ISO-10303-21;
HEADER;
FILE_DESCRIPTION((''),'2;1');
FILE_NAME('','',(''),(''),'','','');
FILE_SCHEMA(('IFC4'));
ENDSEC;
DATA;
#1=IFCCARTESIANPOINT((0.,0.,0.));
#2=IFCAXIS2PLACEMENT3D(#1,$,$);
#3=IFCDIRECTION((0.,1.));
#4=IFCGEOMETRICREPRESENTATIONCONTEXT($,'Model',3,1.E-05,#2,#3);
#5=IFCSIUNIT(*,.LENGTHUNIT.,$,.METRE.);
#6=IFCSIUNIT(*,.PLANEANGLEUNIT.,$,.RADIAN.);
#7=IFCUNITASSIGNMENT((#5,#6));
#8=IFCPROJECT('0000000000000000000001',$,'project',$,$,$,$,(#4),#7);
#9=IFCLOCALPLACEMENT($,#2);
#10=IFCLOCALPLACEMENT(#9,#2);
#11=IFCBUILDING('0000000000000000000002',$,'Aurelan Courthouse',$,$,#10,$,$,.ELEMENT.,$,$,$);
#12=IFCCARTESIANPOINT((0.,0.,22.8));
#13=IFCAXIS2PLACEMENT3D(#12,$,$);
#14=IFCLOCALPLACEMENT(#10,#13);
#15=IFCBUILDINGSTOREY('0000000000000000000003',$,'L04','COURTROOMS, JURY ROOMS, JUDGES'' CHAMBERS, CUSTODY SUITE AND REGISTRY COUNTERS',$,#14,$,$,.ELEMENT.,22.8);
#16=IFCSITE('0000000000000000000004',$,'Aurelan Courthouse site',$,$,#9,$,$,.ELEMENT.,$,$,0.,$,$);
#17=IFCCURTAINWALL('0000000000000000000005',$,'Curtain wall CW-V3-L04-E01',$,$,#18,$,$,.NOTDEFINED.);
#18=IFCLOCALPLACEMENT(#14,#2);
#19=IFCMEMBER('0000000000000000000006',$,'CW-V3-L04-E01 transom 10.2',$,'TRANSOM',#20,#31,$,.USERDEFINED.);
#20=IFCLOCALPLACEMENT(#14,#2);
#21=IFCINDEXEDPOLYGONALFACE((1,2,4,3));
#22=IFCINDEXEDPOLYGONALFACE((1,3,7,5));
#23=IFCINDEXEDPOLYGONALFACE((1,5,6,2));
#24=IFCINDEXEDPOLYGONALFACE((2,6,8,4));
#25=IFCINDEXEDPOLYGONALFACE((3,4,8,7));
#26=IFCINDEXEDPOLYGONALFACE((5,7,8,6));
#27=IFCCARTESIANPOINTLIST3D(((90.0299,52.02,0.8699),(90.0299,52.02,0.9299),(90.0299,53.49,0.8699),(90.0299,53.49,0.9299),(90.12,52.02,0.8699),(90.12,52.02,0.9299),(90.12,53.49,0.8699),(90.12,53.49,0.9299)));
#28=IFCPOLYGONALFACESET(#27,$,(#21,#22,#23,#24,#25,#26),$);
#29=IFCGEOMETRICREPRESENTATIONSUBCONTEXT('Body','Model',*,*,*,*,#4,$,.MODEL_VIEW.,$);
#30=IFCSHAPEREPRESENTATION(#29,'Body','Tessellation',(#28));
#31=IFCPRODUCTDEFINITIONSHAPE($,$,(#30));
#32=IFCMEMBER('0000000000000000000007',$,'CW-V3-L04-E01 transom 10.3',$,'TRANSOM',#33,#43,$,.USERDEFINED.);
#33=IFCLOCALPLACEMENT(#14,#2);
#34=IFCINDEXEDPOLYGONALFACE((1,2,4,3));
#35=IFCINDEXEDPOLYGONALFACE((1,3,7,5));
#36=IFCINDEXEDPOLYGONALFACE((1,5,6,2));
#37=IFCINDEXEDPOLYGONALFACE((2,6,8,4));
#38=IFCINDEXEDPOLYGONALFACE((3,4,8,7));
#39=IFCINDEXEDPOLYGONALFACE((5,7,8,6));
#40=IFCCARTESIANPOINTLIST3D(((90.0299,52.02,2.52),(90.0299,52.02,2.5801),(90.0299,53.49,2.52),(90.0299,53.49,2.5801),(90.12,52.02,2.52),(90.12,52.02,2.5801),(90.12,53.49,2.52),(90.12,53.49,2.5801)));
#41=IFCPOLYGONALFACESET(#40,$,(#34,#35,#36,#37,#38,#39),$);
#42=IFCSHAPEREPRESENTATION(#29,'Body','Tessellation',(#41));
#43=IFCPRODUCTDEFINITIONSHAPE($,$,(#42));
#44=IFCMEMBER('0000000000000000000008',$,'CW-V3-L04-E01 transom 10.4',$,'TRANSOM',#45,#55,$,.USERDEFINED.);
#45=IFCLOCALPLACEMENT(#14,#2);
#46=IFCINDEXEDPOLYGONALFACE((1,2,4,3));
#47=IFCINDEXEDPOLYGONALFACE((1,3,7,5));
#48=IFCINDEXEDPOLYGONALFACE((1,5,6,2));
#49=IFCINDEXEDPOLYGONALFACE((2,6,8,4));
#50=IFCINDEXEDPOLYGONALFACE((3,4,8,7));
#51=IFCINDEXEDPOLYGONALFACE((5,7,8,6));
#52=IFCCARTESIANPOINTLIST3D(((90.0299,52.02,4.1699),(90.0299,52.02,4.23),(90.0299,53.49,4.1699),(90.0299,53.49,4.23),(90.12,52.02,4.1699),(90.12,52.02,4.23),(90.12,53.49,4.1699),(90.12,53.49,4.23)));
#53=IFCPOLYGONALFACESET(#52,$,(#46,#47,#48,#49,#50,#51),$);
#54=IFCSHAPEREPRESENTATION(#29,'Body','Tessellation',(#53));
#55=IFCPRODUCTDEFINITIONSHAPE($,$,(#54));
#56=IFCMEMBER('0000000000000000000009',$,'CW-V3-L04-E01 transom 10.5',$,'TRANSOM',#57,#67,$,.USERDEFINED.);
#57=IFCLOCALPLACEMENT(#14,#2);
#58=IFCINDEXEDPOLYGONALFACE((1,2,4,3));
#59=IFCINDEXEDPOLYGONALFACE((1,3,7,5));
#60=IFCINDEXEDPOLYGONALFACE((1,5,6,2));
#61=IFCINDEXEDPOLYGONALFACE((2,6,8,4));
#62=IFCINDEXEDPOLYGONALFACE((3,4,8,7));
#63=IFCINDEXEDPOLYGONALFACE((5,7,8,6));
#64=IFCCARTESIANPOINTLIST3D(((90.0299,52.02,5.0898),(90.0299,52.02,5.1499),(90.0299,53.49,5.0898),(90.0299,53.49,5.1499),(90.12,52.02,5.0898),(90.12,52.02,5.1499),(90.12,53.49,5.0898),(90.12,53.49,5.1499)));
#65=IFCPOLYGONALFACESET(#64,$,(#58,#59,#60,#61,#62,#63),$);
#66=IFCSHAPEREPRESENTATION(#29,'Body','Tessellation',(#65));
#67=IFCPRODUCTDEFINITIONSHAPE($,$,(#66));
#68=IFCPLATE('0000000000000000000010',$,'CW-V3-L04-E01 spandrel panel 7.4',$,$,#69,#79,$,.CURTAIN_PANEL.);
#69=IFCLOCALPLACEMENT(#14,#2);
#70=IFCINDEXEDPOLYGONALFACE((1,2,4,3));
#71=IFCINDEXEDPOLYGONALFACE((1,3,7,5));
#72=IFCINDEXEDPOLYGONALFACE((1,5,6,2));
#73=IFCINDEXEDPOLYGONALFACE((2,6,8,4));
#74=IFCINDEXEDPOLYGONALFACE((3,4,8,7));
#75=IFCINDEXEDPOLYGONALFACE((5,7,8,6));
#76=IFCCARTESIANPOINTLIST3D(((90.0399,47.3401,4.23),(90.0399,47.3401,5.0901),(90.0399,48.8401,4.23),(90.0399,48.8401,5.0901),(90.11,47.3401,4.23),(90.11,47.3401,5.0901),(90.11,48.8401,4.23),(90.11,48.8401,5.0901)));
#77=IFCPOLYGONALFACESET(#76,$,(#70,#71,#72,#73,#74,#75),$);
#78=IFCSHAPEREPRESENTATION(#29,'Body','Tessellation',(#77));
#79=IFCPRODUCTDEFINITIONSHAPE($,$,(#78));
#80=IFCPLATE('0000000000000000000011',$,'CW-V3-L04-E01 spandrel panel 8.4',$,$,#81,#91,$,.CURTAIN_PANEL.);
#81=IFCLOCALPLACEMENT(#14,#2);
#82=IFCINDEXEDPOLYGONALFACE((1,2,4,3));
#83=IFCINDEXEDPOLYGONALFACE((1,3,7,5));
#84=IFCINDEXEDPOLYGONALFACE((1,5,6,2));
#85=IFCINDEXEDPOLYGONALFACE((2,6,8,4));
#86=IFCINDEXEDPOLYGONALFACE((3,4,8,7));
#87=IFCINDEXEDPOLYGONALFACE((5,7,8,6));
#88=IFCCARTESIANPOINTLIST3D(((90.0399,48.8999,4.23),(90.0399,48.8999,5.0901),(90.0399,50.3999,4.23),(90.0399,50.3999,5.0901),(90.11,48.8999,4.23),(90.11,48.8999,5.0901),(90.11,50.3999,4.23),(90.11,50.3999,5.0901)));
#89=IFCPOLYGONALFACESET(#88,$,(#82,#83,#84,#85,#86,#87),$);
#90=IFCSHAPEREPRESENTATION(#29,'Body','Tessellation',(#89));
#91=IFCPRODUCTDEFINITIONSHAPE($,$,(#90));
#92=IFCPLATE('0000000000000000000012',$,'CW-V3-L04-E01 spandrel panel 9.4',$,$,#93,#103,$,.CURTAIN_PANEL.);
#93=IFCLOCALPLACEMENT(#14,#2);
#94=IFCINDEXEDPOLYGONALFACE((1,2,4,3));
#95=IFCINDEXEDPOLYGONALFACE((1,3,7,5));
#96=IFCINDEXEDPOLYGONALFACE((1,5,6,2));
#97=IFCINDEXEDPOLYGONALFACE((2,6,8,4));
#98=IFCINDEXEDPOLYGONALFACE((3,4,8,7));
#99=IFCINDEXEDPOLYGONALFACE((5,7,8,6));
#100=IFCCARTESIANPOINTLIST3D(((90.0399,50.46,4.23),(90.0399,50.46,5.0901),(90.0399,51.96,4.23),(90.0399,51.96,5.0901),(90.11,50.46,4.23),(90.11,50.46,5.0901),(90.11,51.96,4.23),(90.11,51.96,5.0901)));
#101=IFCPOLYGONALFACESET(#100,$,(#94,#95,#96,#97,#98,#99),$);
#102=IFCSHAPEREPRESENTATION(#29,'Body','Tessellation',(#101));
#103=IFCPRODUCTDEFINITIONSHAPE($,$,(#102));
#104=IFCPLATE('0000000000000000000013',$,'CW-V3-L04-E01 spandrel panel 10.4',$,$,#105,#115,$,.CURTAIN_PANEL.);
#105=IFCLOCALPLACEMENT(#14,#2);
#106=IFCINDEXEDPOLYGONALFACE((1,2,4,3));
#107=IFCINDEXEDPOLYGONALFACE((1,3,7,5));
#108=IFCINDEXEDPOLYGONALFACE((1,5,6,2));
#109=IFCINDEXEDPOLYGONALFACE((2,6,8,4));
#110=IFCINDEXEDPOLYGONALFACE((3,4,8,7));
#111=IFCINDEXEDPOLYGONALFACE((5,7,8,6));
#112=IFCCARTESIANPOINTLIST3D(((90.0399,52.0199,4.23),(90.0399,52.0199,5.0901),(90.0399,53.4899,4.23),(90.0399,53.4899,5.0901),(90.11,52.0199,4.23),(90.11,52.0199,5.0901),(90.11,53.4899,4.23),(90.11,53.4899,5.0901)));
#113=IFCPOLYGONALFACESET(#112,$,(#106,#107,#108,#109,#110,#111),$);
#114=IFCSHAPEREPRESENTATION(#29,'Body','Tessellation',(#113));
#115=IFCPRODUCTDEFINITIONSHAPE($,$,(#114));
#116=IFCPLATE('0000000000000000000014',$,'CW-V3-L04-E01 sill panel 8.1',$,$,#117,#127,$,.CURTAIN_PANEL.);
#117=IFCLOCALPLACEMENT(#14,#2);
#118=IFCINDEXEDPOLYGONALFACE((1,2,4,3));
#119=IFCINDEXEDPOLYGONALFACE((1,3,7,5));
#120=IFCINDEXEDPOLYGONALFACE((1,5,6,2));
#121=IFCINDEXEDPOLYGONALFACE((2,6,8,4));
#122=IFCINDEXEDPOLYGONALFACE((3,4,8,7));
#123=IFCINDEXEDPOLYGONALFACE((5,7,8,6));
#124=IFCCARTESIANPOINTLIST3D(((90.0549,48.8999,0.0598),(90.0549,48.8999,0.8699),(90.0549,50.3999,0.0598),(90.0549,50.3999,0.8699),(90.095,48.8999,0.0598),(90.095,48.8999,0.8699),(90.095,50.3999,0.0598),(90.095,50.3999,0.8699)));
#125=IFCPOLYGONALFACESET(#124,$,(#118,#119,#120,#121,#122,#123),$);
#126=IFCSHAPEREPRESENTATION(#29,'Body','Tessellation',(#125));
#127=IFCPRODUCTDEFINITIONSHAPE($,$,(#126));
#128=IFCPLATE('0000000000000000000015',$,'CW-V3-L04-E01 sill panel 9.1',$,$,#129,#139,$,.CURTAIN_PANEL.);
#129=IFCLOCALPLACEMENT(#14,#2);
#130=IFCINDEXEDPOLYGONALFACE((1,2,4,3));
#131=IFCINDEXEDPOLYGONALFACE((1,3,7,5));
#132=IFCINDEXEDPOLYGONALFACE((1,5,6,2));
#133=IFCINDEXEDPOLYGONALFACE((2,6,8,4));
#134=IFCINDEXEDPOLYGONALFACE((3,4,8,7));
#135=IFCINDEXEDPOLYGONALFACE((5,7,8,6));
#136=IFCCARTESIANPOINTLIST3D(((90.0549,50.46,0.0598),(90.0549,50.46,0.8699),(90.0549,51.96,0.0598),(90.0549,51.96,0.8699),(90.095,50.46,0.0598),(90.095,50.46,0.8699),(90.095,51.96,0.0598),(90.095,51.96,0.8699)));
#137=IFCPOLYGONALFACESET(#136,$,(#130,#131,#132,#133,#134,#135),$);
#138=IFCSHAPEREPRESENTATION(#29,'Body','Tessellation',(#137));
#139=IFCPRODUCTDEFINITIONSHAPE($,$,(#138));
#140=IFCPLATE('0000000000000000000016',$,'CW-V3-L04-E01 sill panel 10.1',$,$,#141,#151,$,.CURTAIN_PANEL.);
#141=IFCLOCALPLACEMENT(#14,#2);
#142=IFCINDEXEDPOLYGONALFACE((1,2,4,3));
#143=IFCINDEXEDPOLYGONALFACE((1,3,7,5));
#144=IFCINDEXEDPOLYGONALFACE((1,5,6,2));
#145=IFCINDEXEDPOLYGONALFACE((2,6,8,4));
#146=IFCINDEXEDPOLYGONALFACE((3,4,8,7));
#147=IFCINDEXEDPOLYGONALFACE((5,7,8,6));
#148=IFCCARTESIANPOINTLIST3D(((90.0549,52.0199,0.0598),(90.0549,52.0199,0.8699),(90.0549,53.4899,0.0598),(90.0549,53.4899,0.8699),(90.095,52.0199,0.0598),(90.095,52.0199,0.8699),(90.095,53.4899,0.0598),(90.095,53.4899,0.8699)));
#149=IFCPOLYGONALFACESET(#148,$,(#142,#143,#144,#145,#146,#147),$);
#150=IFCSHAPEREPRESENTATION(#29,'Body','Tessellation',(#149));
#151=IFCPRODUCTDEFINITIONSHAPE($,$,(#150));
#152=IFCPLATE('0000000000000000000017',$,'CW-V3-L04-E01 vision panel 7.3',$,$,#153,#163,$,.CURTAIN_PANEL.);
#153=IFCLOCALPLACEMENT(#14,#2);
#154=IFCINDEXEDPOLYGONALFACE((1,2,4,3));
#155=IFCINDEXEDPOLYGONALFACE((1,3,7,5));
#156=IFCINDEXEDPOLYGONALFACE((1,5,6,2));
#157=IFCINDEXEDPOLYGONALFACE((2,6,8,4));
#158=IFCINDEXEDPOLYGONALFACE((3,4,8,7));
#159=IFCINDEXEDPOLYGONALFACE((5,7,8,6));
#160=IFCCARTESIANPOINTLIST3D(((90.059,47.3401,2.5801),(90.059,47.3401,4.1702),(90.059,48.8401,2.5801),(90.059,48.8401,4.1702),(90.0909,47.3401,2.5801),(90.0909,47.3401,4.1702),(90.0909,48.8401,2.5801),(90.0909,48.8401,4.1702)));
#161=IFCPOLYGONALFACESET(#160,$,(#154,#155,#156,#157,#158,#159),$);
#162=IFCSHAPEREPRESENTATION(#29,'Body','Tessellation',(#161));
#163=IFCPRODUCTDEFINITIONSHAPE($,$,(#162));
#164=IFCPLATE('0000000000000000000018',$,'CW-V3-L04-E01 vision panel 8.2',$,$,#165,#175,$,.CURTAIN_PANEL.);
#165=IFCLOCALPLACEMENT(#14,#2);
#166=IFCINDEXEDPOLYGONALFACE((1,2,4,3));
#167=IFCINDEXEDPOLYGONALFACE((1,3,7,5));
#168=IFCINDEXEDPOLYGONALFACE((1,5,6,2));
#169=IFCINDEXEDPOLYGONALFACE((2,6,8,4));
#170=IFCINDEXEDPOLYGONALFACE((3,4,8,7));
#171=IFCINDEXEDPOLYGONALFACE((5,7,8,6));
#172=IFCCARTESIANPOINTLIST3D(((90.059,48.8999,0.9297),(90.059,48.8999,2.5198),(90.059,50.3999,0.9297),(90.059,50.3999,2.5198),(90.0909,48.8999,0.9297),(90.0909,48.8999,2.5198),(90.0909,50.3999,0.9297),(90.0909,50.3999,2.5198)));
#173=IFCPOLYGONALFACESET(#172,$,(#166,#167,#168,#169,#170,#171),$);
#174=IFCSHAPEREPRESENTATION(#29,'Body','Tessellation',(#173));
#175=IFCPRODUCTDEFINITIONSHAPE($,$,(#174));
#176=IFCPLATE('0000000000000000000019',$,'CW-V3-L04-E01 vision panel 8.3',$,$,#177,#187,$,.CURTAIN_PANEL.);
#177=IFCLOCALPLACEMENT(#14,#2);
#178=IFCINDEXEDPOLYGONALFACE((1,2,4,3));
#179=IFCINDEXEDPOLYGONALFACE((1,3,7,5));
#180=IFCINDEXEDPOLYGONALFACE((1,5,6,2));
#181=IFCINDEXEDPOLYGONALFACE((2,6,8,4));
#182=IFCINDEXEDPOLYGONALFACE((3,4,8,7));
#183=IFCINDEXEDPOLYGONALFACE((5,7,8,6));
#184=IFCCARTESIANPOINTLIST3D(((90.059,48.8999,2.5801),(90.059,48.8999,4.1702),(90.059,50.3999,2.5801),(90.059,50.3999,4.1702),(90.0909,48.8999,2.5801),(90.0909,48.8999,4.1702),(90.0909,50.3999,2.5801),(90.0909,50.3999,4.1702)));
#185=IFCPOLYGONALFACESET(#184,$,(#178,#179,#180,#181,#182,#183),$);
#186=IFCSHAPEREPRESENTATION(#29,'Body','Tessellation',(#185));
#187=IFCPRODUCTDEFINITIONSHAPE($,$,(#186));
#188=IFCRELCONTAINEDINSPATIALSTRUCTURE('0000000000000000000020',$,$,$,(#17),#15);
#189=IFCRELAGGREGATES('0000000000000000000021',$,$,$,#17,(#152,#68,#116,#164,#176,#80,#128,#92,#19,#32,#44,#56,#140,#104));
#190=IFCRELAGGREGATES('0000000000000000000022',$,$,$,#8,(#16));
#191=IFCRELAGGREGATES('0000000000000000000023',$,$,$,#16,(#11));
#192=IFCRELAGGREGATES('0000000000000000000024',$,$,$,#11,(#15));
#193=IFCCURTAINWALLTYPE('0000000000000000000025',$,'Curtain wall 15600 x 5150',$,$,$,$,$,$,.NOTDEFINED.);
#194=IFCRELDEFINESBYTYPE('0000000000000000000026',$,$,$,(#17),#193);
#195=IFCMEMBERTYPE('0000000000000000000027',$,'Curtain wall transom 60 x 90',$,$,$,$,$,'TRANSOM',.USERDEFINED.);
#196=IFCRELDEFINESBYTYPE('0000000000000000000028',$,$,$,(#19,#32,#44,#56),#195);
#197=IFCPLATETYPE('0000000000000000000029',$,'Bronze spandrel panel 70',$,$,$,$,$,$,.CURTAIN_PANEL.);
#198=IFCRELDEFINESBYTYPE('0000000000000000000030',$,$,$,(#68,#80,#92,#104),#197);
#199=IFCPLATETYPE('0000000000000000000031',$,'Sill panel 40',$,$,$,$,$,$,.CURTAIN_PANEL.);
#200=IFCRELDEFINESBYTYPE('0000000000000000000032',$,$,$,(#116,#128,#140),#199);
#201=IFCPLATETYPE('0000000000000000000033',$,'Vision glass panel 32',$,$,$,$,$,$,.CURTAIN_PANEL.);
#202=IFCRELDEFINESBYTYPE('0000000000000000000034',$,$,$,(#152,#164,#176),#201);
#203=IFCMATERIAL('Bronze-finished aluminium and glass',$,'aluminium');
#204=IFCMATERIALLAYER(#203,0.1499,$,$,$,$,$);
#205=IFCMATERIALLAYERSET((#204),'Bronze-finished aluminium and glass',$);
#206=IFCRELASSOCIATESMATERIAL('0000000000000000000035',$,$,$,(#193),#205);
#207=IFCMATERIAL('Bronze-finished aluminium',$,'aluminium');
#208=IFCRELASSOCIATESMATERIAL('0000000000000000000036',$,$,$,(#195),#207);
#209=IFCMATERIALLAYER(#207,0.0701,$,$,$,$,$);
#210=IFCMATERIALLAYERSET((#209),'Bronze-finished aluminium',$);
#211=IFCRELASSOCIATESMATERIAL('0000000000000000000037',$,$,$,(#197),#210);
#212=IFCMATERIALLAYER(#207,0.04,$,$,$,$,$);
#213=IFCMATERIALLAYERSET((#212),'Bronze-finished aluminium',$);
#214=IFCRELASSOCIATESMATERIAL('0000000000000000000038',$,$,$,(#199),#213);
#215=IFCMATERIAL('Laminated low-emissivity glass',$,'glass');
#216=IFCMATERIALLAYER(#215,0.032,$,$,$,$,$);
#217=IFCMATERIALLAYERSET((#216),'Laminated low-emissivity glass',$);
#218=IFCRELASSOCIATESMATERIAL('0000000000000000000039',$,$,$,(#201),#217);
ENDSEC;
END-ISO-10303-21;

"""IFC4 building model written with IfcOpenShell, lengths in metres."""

from ifc_helpers import new_model, si_unit, direction, frame, origin, origin_2d, place, context, subcontext, project, spatial, rectangle, extrude, material, layer, layer_set, material_profile, profile_set, type_object, element, aggregate, save


model = new_model("IFC4")

# Units and contexts
model_context = context("Model", 3, precision=1e-05, world=origin(), true_north=direction((0.0, 1.0)))
body_context = subcontext(model_context, "Body", "Model", "MODEL_VIEW")
ifc_project = project(units=[si_unit("LENGTHUNIT", "METRE"), si_unit("PLANEANGLEUNIT", "RADIAN")], contexts=[model_context])

# Site, building, storey
site_placement = place(None, origin())
site = spatial("IfcSite", under=ifc_project, at=site_placement, Name="Aurelan Courthouse site", CompositionType="ELEMENT", RefElevation=0.0)
building_placement = place(site_placement, origin())
building = spatial("IfcBuilding", under=site, at=building_placement, Name="Aurelan Courthouse", CompositionType="ELEMENT")
storey_placement = place(building_placement, frame((0.0, 0.0, 22.8)))
storey = spatial("IfcBuildingStorey", under=building, at=storey_placement, Name="L04", Description="COURTROOMS, JURY ROOMS, JUDGES' CHAMBERS, CUSTODY SUITE AND REGISTRY COUNTERS", CompositionType="ELEMENT", Elevation=22.8)

# Curtain wall, members, plates
ifc_material_1 = material(Name="Bronze-finished aluminium and glass", Category="aluminium")
ifc_layer_1 = layer(ifc_material_1, 0.1499)
ifc_layer_set_1 = layer_set([ifc_layer_1], Name="Bronze-finished aluminium and glass")
curtain_wall_type = type_object("IfcCurtainWallType", Name="Curtain wall 15600 x 5150", PredefinedType="NOTDEFINED", material=ifc_layer_set_1)
curtain_wall_placement = place(storey_placement, origin())
curtain_wall = element("IfcCurtainWall", 1, at=curtain_wall_placement, inside=storey, type_object=curtain_wall_type, Name="Curtain wall CW-V3-L04-E01", PredefinedType="NOTDEFINED")
ifc_material_2 = material(Name="Bronze-finished aluminium", Category="aluminium")
ifc_material_profile_1 = material_profile(ifc_material_2, rectangle(XDim=0.0901, YDim=0.0601, at=origin_2d()), Name="Bronze transom 60 x 90")
ifc_profile_set_1 = profile_set([ifc_material_profile_1], Name="Bronze-finished aluminium")
member_type_1 = type_object("IfcMemberType", Name="Curtain wall transom 60 x 90", ElementType="TRANSOM", PredefinedType="USERDEFINED", material=ifc_profile_set_1)
member_1_placement = place(storey_placement, frame((90.075, 52.02, 0.8999), z_axis=(0.0, 1.0, 0.0), x_axis=(-1.0, 0.0, 0.0)))
member_1 = element("IfcMember", 2, at=member_1_placement, type_object=member_type_1, Name="CW-V3-L04-E01 transom 10.2", ObjectType="TRANSOM", PredefinedType="USERDEFINED", context=body_context, shape_type="SweptSolid", body=[
    extrude(rectangle(XDim=0.0901, YDim=0.0601, at=origin_2d()), origin(), (0.0, 0.0, 1.0), 1.47),
])
member_2_placement = place(storey_placement, frame((90.075, 52.02, 2.55), z_axis=(0.0, 1.0, 0.0), x_axis=(-1.0, 0.0, 0.0)))
member_2 = element("IfcMember", 3, at=member_2_placement, type_object=member_type_1, Name="CW-V3-L04-E01 transom 10.3", ObjectType="TRANSOM", PredefinedType="USERDEFINED", context=body_context, shape_type="SweptSolid", body=[
    extrude(rectangle(XDim=0.0901, YDim=0.0601, at=origin_2d()), origin(), (0.0, 0.0, 1.0), 1.47),
])
member_3_placement = place(storey_placement, frame((90.075, 52.02, 4.2), z_axis=(0.0, 1.0, 0.0), x_axis=(-1.0, 0.0, 0.0)))
member_3 = element("IfcMember", 4, at=member_3_placement, type_object=member_type_1, Name="CW-V3-L04-E01 transom 10.4", ObjectType="TRANSOM", PredefinedType="USERDEFINED", context=body_context, shape_type="SweptSolid", body=[
    extrude(rectangle(XDim=0.0901, YDim=0.0601, at=origin_2d()), origin(), (0.0, 0.0, 1.0), 1.47),
])
member_4_placement = place(storey_placement, frame((90.075, 52.02, 5.1199), z_axis=(0.0, 1.0, 0.0), x_axis=(-1.0, 0.0, 0.0)))
member_4 = element("IfcMember", 5, at=member_4_placement, type_object=member_type_1, Name="CW-V3-L04-E01 transom 10.5", ObjectType="TRANSOM", PredefinedType="USERDEFINED", context=body_context, shape_type="SweptSolid", body=[
    extrude(rectangle(XDim=0.0901, YDim=0.0601, at=origin_2d()), origin(), (0.0, 0.0, 1.0), 1.47),
])
ifc_layer_2 = layer(ifc_material_2, 0.0701)
ifc_layer_set_2 = layer_set([ifc_layer_2], Name="Bronze-finished aluminium")
plate_type_1 = type_object("IfcPlateType", Name="Bronze spandrel panel 70", PredefinedType="CURTAIN_PANEL", material=ifc_layer_set_2)
plate_1_placement = place(storey_placement, frame((90.075, 48.0901, 4.23), z_axis=(0.0, 0.0, 1.0), x_axis=(0.0, 1.0, 0.0)))
plate_1 = element("IfcPlate", 6, at=plate_1_placement, type_object=plate_type_1, Name="CW-V3-L04-E01 spandrel panel 7.4", PredefinedType="CURTAIN_PANEL", context=body_context, shape_type="SweptSolid", body=[
    extrude(rectangle(XDim=1.5, YDim=0.0701, at=origin_2d()), origin(), (0.0, 0.0, 1.0), 0.8601),
])
plate_2_placement = place(storey_placement, frame((90.075, 49.6499, 4.23), z_axis=(0.0, 0.0, 1.0), x_axis=(0.0, 1.0, 0.0)))
plate_2 = element("IfcPlate", 7, at=plate_2_placement, type_object=plate_type_1, Name="CW-V3-L04-E01 spandrel panel 8.4", PredefinedType="CURTAIN_PANEL", context=body_context, shape_type="SweptSolid", body=[
    extrude(rectangle(XDim=1.5, YDim=0.0701, at=origin_2d()), origin(), (0.0, 0.0, 1.0), 0.8601),
])
plate_3_placement = place(storey_placement, frame((90.075, 51.21, 4.23), z_axis=(0.0, 0.0, 1.0), x_axis=(0.0, 1.0, 0.0)))
plate_3 = element("IfcPlate", 8, at=plate_3_placement, type_object=plate_type_1, Name="CW-V3-L04-E01 spandrel panel 9.4", PredefinedType="CURTAIN_PANEL", context=body_context, shape_type="SweptSolid", body=[
    extrude(rectangle(XDim=1.5, YDim=0.0701, at=origin_2d()), origin(), (0.0, 0.0, 1.0), 0.8601),
])
plate_4_placement = place(storey_placement, frame((90.075, 52.7549, 4.23), z_axis=(0.0, 0.0, 1.0), x_axis=(0.0, 1.0, 0.0)))
plate_4 = element("IfcPlate", 9, at=plate_4_placement, type_object=plate_type_1, Name="CW-V3-L04-E01 spandrel panel 10.4", PredefinedType="CURTAIN_PANEL", context=body_context, shape_type="SweptSolid", body=[
    extrude(rectangle(XDim=1.47, YDim=0.0701, at=origin_2d()), origin(), (0.0, 0.0, 1.0), 0.8601),
])
ifc_layer_3 = layer(ifc_material_2, 0.04)
ifc_layer_set_3 = layer_set([ifc_layer_3], Name="Bronze-finished aluminium")
plate_type_2 = type_object("IfcPlateType", Name="Sill panel 40", PredefinedType="CURTAIN_PANEL", material=ifc_layer_set_3)
plate_5_placement = place(storey_placement, frame((90.075, 49.6499, 0.0598), z_axis=(0.0, 0.0, 1.0), x_axis=(0.0, 1.0, 0.0)))
plate_5 = element("IfcPlate", 10, at=plate_5_placement, type_object=plate_type_2, Name="CW-V3-L04-E01 sill panel 8.1", PredefinedType="CURTAIN_PANEL", context=body_context, shape_type="SweptSolid", body=[
    extrude(rectangle(XDim=1.5, YDim=0.04, at=origin_2d()), origin(), (0.0, 0.0, 1.0), 0.8101),
])
plate_6_placement = place(storey_placement, frame((90.075, 51.21, 0.0598), z_axis=(0.0, 0.0, 1.0), x_axis=(0.0, 1.0, 0.0)))
plate_6 = element("IfcPlate", 11, at=plate_6_placement, type_object=plate_type_2, Name="CW-V3-L04-E01 sill panel 9.1", PredefinedType="CURTAIN_PANEL", context=body_context, shape_type="SweptSolid", body=[
    extrude(rectangle(XDim=1.5, YDim=0.04, at=origin_2d()), origin(), (0.0, 0.0, 1.0), 0.8101),
])
plate_7_placement = place(storey_placement, frame((90.075, 52.7549, 0.0598), z_axis=(0.0, 0.0, 1.0), x_axis=(0.0, 1.0, 0.0)))
plate_7 = element("IfcPlate", 12, at=plate_7_placement, type_object=plate_type_2, Name="CW-V3-L04-E01 sill panel 10.1", PredefinedType="CURTAIN_PANEL", context=body_context, shape_type="SweptSolid", body=[
    extrude(rectangle(XDim=1.47, YDim=0.04, at=origin_2d()), origin(), (0.0, 0.0, 1.0), 0.8101),
])
ifc_material_3 = material(Name="Laminated low-emissivity glass", Category="glass")
ifc_layer_4 = layer(ifc_material_3, 0.032)
ifc_layer_set_4 = layer_set([ifc_layer_4], Name="Laminated low-emissivity glass")
plate_type_3 = type_object("IfcPlateType", Name="Vision glass panel 32", PredefinedType="CURTAIN_PANEL", material=ifc_layer_set_4)
plate_8_placement = place(storey_placement, frame((90.075, 48.0901, 2.5801), z_axis=(0.0, 0.0, 1.0), x_axis=(0.0, 1.0, 0.0)))
plate_8 = element("IfcPlate", 13, at=plate_8_placement, type_object=plate_type_3, Name="CW-V3-L04-E01 vision panel 7.3", PredefinedType="CURTAIN_PANEL", context=body_context, shape_type="SweptSolid", body=[
    extrude(rectangle(XDim=1.5, YDim=0.032, at=origin_2d()), origin(), (0.0, 0.0, 1.0), 1.5901),
])
plate_9_placement = place(storey_placement, frame((90.075, 49.6499, 0.9297), z_axis=(0.0, 0.0, 1.0), x_axis=(0.0, 1.0, 0.0)))
plate_9 = element("IfcPlate", 14, at=plate_9_placement, type_object=plate_type_3, Name="CW-V3-L04-E01 vision panel 8.2", PredefinedType="CURTAIN_PANEL", context=body_context, shape_type="SweptSolid", body=[
    extrude(rectangle(XDim=1.5, YDim=0.032, at=origin_2d()), origin(), (0.0, 0.0, 1.0), 1.5901),
])
plate_10_placement = place(storey_placement, frame((90.075, 49.6499, 2.5801), z_axis=(0.0, 0.0, 1.0), x_axis=(0.0, 1.0, 0.0)))
plate_10 = element("IfcPlate", 15, at=plate_10_placement, type_object=plate_type_3, Name="CW-V3-L04-E01 vision panel 8.3", PredefinedType="CURTAIN_PANEL", context=body_context, shape_type="SweptSolid", body=[
    extrude(rectangle(XDim=1.5, YDim=0.032, at=origin_2d()), origin(), (0.0, 0.0, 1.0), 1.5901),
])
aggregate(curtain_wall, [plate_8, plate_1, plate_5, plate_9, plate_10, plate_2, plate_6, plate_3, member_1, member_2, member_3, member_4, plate_7, plate_4])

save(model, "model.ifc")
